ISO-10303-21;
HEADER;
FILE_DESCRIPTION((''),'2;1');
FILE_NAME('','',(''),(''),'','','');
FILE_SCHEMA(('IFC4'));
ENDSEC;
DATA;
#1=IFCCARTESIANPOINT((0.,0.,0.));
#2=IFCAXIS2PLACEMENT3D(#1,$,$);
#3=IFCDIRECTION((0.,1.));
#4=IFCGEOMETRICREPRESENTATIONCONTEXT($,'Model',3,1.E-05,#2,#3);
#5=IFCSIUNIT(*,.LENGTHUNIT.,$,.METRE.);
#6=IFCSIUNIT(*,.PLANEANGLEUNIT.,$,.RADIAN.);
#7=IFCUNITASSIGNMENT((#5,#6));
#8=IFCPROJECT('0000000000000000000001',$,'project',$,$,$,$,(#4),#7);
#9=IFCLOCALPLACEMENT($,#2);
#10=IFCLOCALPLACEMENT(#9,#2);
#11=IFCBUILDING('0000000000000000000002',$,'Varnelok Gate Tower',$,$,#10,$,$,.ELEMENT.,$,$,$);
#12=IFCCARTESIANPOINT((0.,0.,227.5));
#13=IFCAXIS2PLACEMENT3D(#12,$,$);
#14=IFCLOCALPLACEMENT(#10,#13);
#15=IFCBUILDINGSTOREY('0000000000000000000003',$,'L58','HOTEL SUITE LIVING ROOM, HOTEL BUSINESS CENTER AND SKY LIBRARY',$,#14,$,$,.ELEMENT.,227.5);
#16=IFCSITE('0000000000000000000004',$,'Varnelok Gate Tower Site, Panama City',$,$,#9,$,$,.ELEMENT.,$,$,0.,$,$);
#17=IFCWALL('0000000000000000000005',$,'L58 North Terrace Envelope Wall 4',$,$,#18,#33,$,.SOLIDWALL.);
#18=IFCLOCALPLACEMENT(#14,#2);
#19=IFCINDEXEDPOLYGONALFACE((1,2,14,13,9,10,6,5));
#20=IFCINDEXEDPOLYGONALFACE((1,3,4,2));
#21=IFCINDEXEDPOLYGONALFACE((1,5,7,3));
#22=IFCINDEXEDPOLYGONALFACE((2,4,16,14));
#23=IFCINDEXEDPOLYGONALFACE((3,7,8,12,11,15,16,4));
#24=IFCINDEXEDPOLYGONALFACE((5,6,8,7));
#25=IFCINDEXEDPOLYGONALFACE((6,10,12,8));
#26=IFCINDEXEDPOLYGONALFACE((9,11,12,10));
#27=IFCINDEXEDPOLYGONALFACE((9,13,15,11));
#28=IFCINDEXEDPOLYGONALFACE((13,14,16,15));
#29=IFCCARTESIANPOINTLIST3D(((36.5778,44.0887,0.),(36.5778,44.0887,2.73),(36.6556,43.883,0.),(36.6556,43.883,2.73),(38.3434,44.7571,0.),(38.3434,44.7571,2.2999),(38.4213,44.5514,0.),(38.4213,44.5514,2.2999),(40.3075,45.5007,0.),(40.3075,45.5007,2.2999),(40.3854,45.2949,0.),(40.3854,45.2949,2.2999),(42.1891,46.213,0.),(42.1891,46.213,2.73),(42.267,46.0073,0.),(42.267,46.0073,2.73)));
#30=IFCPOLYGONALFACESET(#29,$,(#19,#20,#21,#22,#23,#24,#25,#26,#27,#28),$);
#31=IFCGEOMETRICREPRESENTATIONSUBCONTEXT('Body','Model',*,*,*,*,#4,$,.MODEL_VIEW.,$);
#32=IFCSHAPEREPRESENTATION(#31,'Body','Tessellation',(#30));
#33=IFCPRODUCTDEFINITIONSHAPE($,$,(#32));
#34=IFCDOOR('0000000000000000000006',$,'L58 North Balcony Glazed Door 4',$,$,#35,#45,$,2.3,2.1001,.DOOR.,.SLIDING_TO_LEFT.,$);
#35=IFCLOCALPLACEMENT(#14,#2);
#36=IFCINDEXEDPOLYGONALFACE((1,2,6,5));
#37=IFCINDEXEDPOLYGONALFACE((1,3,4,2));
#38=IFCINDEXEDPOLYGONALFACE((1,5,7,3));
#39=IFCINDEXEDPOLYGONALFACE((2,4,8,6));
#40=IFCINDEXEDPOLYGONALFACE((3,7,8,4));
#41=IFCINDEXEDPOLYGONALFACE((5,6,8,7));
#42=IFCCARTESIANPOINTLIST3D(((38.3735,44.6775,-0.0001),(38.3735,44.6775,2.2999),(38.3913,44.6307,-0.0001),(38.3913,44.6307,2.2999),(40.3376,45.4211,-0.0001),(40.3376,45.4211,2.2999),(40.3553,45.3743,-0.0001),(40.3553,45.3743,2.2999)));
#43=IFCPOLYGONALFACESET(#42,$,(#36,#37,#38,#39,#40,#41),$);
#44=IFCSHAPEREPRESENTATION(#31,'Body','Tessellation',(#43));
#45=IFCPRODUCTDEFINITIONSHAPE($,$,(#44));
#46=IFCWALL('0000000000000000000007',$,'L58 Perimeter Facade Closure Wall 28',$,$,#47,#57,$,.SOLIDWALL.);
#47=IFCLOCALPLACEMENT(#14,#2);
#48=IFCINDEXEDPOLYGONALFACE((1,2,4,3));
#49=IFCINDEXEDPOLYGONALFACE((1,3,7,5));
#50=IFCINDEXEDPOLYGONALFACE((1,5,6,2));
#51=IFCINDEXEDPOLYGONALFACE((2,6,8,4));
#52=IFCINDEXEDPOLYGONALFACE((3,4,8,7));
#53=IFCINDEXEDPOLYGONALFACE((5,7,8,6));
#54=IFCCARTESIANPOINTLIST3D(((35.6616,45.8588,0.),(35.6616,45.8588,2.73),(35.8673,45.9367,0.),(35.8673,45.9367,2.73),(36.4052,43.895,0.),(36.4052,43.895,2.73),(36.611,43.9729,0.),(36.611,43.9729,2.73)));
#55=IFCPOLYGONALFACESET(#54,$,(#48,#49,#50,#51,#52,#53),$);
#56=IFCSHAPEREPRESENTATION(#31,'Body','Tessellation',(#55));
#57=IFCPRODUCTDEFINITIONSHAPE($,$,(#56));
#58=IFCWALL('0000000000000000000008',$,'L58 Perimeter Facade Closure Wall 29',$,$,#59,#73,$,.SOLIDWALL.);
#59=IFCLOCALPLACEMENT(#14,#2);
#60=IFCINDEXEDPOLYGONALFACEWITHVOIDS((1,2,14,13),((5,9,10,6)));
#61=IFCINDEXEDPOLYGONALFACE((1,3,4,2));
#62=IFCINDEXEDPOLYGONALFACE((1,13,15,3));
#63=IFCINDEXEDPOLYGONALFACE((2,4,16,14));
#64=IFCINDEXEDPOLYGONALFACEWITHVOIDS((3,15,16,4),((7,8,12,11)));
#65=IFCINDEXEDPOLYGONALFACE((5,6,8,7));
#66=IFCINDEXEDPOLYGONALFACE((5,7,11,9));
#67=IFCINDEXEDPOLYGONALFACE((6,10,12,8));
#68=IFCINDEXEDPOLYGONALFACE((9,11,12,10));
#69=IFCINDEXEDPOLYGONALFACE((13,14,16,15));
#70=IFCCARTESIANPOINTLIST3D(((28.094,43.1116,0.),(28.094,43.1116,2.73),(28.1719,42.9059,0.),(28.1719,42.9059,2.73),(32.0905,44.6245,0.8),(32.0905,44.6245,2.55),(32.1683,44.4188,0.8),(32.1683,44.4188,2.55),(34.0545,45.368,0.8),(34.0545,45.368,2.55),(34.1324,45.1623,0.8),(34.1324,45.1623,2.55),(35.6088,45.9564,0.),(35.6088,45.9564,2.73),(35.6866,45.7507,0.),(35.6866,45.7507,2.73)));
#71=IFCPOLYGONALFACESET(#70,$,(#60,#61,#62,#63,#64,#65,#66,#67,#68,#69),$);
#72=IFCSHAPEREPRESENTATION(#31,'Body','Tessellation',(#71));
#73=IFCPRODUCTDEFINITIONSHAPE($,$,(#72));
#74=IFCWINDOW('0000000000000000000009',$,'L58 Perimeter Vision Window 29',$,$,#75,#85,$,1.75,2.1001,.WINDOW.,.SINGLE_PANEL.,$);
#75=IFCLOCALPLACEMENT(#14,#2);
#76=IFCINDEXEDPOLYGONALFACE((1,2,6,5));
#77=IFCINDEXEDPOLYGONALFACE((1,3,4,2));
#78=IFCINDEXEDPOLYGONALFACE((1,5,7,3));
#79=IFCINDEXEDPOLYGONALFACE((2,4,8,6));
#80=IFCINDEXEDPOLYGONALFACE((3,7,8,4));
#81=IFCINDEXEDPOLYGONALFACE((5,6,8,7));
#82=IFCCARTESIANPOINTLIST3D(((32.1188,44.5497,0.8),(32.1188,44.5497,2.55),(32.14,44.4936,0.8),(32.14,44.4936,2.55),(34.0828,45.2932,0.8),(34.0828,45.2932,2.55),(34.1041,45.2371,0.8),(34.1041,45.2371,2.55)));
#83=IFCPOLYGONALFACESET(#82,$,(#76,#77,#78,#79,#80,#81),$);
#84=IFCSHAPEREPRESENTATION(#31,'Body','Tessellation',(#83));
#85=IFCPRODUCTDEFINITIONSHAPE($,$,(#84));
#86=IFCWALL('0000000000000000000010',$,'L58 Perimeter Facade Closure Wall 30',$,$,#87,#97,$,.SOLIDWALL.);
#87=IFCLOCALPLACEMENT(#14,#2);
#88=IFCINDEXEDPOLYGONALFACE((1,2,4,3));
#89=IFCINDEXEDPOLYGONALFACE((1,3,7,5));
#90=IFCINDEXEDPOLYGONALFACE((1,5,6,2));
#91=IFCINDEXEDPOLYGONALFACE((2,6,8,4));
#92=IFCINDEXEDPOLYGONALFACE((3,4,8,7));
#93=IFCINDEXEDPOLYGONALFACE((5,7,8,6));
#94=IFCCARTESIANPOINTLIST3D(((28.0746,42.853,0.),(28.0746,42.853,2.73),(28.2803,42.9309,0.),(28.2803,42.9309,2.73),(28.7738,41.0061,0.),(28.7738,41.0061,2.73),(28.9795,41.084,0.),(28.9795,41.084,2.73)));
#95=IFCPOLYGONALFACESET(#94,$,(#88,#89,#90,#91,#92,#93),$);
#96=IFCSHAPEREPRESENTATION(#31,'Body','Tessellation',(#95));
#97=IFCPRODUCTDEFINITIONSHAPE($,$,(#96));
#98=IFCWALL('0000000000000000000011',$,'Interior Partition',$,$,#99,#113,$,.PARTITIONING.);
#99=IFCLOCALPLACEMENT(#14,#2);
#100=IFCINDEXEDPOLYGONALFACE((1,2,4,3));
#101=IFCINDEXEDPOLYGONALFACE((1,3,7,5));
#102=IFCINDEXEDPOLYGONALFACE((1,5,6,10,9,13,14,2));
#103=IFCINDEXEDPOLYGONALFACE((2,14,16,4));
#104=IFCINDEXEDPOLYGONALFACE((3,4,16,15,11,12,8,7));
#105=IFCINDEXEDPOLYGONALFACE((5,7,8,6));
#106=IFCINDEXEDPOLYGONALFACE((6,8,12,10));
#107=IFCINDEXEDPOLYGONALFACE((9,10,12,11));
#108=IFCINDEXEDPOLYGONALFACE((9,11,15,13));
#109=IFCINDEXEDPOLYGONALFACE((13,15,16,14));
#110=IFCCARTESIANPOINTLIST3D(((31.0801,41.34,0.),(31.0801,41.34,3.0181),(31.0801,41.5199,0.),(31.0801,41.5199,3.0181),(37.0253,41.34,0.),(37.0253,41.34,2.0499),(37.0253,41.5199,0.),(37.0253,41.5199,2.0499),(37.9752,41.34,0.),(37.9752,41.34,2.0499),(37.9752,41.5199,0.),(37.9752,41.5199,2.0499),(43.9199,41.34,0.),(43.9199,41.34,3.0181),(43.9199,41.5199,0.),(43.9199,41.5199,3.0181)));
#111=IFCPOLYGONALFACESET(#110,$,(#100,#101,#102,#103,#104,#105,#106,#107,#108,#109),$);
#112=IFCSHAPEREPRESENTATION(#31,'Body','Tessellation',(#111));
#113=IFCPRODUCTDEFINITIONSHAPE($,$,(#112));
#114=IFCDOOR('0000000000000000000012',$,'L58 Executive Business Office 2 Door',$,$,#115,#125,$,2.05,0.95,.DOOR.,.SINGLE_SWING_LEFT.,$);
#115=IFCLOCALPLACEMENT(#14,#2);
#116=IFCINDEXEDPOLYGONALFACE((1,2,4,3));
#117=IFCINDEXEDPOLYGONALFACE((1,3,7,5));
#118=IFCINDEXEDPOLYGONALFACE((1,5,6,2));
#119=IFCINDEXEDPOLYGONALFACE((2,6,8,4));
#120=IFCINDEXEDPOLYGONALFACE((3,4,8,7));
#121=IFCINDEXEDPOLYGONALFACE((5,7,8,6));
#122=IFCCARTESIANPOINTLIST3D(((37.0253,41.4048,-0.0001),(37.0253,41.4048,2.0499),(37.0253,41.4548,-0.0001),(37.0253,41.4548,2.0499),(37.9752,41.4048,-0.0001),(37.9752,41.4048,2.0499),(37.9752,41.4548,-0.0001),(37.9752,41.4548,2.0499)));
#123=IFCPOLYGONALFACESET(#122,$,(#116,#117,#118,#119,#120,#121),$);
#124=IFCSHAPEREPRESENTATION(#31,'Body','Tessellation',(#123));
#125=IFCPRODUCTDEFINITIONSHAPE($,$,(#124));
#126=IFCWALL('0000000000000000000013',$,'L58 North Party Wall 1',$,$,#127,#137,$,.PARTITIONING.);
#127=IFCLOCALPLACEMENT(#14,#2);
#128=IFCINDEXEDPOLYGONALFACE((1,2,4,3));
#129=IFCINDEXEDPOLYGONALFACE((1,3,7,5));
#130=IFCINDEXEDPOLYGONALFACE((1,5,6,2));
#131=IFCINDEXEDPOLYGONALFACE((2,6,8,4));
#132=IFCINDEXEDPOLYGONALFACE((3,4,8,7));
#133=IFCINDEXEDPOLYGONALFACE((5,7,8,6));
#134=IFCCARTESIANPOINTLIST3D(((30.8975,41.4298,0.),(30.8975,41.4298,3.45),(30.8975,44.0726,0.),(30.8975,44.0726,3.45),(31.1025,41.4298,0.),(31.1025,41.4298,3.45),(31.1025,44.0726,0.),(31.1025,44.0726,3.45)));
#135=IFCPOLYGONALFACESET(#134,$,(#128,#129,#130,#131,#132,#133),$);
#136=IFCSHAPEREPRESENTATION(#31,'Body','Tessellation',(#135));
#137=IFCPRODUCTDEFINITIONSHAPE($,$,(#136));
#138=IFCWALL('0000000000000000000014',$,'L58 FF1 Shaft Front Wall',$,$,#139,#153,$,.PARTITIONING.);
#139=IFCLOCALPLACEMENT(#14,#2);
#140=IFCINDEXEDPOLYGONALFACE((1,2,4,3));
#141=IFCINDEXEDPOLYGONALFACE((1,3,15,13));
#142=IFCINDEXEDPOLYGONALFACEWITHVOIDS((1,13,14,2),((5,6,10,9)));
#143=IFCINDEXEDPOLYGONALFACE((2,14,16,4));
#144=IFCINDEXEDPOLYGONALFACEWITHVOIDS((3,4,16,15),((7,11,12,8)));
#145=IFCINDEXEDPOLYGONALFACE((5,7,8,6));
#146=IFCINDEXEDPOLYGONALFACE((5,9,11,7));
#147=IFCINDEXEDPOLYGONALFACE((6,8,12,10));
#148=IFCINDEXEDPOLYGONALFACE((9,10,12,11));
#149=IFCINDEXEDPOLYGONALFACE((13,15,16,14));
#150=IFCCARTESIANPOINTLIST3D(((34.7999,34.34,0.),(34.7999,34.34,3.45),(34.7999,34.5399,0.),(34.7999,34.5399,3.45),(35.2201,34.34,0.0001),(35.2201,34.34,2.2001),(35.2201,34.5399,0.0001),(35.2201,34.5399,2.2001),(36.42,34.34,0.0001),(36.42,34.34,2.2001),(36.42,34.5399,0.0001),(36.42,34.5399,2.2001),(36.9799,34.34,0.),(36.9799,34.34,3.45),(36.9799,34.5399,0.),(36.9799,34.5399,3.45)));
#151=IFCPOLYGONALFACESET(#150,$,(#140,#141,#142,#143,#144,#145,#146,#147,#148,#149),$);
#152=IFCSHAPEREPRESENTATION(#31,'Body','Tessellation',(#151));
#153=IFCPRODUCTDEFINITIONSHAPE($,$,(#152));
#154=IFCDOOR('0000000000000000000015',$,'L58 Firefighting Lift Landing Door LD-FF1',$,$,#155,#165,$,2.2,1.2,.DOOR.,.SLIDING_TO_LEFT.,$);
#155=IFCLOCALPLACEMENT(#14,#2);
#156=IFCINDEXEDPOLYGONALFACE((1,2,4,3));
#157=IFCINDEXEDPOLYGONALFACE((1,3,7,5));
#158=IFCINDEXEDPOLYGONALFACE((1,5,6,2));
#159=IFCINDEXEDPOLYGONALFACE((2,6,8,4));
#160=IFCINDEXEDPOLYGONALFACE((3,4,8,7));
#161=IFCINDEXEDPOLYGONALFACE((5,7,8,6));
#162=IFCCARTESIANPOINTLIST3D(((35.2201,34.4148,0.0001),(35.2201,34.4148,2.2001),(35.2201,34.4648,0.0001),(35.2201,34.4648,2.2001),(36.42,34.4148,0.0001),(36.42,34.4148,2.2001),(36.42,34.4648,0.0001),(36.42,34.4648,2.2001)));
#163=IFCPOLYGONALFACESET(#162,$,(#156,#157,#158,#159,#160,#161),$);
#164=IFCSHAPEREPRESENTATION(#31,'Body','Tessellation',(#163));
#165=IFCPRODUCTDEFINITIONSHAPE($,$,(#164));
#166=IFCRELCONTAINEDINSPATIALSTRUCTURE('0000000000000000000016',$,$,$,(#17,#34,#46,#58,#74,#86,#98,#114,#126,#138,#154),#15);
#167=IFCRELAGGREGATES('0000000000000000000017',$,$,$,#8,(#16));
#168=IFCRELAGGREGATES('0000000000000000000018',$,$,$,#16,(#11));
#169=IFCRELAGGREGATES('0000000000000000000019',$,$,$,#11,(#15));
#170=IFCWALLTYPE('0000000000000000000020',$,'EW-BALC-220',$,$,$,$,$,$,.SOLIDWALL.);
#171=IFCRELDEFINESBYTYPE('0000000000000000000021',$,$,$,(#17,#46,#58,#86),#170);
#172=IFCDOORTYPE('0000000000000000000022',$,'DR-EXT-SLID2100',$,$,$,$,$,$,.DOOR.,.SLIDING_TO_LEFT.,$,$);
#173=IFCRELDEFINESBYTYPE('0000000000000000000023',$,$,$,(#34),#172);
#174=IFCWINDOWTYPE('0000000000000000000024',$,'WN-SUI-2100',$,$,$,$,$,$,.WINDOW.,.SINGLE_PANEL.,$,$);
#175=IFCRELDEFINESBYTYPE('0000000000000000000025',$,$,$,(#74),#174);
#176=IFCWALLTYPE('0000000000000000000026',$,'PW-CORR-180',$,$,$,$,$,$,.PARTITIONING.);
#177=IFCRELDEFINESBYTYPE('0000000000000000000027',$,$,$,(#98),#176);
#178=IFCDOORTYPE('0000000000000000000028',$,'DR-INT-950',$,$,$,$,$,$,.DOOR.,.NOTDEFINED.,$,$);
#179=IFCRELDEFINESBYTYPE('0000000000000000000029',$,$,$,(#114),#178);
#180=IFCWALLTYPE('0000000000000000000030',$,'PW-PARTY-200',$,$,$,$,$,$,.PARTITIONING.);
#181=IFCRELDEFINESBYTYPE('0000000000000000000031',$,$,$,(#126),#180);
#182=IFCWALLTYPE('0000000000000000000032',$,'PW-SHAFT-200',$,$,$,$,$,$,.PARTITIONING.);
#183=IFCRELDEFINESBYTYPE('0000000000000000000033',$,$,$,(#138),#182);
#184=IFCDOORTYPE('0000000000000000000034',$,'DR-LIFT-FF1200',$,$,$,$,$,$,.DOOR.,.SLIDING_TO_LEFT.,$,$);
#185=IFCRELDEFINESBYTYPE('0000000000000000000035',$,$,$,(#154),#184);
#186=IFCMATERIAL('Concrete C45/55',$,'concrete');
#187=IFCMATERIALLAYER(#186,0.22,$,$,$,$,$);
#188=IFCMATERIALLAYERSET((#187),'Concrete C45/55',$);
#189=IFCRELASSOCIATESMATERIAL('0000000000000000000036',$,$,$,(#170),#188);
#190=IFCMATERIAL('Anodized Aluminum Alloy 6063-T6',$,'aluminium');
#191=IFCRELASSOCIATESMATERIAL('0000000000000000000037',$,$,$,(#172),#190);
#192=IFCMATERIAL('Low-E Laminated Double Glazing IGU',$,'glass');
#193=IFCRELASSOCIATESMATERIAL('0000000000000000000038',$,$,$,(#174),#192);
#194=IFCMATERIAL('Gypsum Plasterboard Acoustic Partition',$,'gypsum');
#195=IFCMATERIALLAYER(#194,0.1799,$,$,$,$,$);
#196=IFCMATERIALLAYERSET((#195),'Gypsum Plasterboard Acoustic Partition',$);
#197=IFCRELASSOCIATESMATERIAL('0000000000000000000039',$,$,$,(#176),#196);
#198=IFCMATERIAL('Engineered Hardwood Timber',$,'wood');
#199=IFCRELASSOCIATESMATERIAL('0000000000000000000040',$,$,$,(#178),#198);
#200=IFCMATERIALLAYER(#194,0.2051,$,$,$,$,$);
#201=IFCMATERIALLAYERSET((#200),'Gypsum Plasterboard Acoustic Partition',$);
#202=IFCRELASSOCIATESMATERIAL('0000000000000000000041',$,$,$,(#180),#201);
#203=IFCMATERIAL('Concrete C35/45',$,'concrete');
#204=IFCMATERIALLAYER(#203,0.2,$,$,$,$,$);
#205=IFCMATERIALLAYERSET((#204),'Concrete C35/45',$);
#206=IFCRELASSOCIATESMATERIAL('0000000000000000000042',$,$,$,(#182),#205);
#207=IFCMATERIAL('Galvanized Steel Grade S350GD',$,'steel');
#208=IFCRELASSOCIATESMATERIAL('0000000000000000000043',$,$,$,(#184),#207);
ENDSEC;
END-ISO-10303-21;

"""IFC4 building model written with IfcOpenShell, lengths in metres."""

from ifc_helpers import new_model, si_unit, direction, frame, frame_2d, origin, place, context, subcontext, project, spatial, rectangle, extrude, material, layer, layer_set, type_object, element, fill, save


model = new_model("IFC4")

# Units and contexts
model_context = context("Model", 3, precision=1e-05, world=origin(), true_north=direction((0.0, 1.0)))
body_context = subcontext(model_context, "Body", "Model", "MODEL_VIEW")
ifc_project = project(units=[si_unit("LENGTHUNIT", "METRE"), si_unit("PLANEANGLEUNIT", "RADIAN")], contexts=[model_context])

# Site, building, storey
site_placement = place(None, origin())
site = spatial("IfcSite", under=ifc_project, at=site_placement, Name="Varnelok Gate Tower Site, Panama City", CompositionType="ELEMENT", RefElevation=0.0)
building_placement = place(site_placement, origin())
building = spatial("IfcBuilding", under=site, at=building_placement, Name="Varnelok Gate Tower", CompositionType="ELEMENT")
storey_placement = place(building_placement, frame((0.0, 0.0, 227.5)))
storey = spatial("IfcBuildingStorey", under=building, at=storey_placement, Name="L58", Description="HOTEL SUITE LIVING ROOM, HOTEL BUSINESS CENTER AND SKY LIBRARY", CompositionType="ELEMENT", Elevation=227.5)

# Wall, opening, door
ifc_material_1 = material(Name="Concrete C45/55", Category="concrete")
ifc_layer_1 = layer(ifc_material_1, 0.22)
ifc_layer_set_1 = layer_set([ifc_layer_1], Name="Concrete C45/55")
wall_type_1 = type_object("IfcWallType", Name="EW-BALC-220", PredefinedType="SOLIDWALL", material=ifc_layer_set_1)
wall_1_placement = place(storey_placement, frame((36.6167, 43.9858, 0.0), z_axis=(0.0, 0.0, 1.0), x_axis=(0.935228, 0.354047, 0.0)))
wall_1 = element("IfcWall", 1, at=wall_1_placement, inside=storey, type_object=wall_type_1, Name="L58 North Terrace Envelope Wall 4", PredefinedType="SOLIDWALL", context=body_context, shape_type="SweptSolid", body=[
    extrude(rectangle(XDim=6.0, YDim=0.22, at=frame_2d((3.0, 0.0))), origin(), (0.0, 0.0, 1.0), 2.73),
])
opening_1_placement = place(wall_1_placement, frame((1.8879, 0.0, 0.0)))
opening_1 = element("IfcOpeningElement", 2, at=opening_1_placement, cuts=wall_1, PredefinedType="OPENING", context=body_context, shape_type="SweptSolid", body=[
    extrude(rectangle(XDim=2.1001, YDim=2.3, at=frame_2d((1.05, 1.1499))), frame((0.0, 0.1199, 0.0), z_axis=(0.0, -1.0, 0.0), x_axis=(1.0, 0.0, 0.0)), (0.0, 0.0, 1.0), 0.24),
])
ifc_material_2 = material(Name="Anodized Aluminum Alloy 6063-T6", Category="aluminium")
door_type_1 = type_object("IfcDoorType", Name="DR-EXT-SLID2100", OperationType="SLIDING_TO_LEFT", PredefinedType="DOOR", material=ifc_material_2)
door_1_placement = place(opening_1_placement, origin())
door_1 = element("IfcDoor", 3, at=door_1_placement, inside=storey, type_object=door_type_1, Name="L58 North Balcony Glazed Door 4", OperationType="SLIDING_TO_LEFT", OverallHeight=2.3, OverallWidth=2.1001, PredefinedType="DOOR", context=body_context, shape_type="SweptSolid", body=[
    extrude(rectangle(XDim=2.1001, YDim=2.3, at=frame_2d((1.05, 1.1499))), frame((0.0, 0.0249, 0.0), z_axis=(0.0, -1.0, 0.0), x_axis=(1.0, 0.0, 0.0)), (0.0, 0.0, 1.0), 0.05),
])
fill(opening_1, door_1)

# Wall
wall_2_placement = place(storey_placement, frame((36.5081, 43.9341, 0.0), z_axis=(0.0, 0.0, 1.0), x_axis=(-0.354128, 0.935197, 0.0)))
element("IfcWall", 4, at=wall_2_placement, inside=storey, type_object=wall_type_1, Name="L58 Perimeter Facade Closure Wall 28", PredefinedType="SOLIDWALL", context=body_context, shape_type="SweptSolid", body=[
    extrude(rectangle(XDim=2.0999, YDim=0.22, at=frame_2d((1.0498, 0.0))), origin(), (0.0, 0.0, 1.0), 2.73),
])

# Wall, opening, window
wall_3_placement = place(storey_placement, frame((35.6477, 45.8535, 0.0), z_axis=(0.0, 0.0, 1.0), x_axis=(-0.935231, -0.354039, 0.0)))
wall_3 = element("IfcWall", 5, at=wall_3_placement, inside=storey, type_object=wall_type_1, Name="L58 Perimeter Facade Closure Wall 29", PredefinedType="SOLIDWALL", context=body_context, shape_type="SweptSolid", body=[
    extrude(rectangle(XDim=8.0352, YDim=0.22, at=frame_2d((4.0176, 0.0))), origin(), (0.0, 0.0, 1.0), 2.73),
])
opening_2_placement = place(wall_3_placement, frame((1.6619, 0.0, 0.8)))
opening_2 = element("IfcOpeningElement", 6, at=opening_2_placement, cuts=wall_3, PredefinedType="OPENING", context=body_context, shape_type="SweptSolid", body=[
    extrude(rectangle(XDim=2.1001, YDim=1.75, at=frame_2d((1.05, 0.875))), frame((0.0, 0.1199, 0.0), z_axis=(0.0, -1.0, 0.0), x_axis=(1.0, 0.0, 0.0)), (0.0, 0.0, 1.0), 0.24),
])
ifc_material_3 = material(Name="Low-E Laminated Double Glazing IGU", Category="glass")
window_type = type_object("IfcWindowType", Name="WN-SUI-2100", PartitioningType="SINGLE_PANEL", PredefinedType="WINDOW", material=ifc_material_3)
window_placement = place(opening_2_placement, origin())
window = element("IfcWindow", 7, at=window_placement, inside=storey, type_object=window_type, Name="L58 Perimeter Vision Window 29", OverallHeight=1.75, OverallWidth=2.1001, PartitioningType="SINGLE_PANEL", PredefinedType="WINDOW", context=body_context, shape_type="SweptSolid", body=[
    extrude(rectangle(XDim=2.1001, YDim=1.75, at=frame_2d((1.05, 0.875))), frame((0.0, 0.03, 0.0), z_axis=(0.0, -1.0, 0.0), x_axis=(1.0, 0.0, 0.0)), (0.0, 0.0, 1.0), 0.0601),
])
fill(opening_2, window)

# Wall
wall_4_placement = place(storey_placement, frame((28.1775, 42.8918, 0.0), z_axis=(0.0, 0.0, 1.0), x_axis=(0.354062, -0.935222, 0.0)))
element("IfcWall", 8, at=wall_4_placement, inside=storey, type_object=wall_type_1, Name="L58 Perimeter Facade Closure Wall 30", PredefinedType="SOLIDWALL", context=body_context, shape_type="SweptSolid", body=[
    extrude(rectangle(XDim=1.9749, YDim=0.22, at=frame_2d((0.9873, 0.0))), origin(), (0.0, 0.0, 1.0), 2.73),
])

# Wall, opening, door
ifc_material_4 = material(Name="Gypsum Plasterboard Acoustic Partition", Category="gypsum")
ifc_layer_2 = layer(ifc_material_4, 0.1799)
ifc_layer_set_2 = layer_set([ifc_layer_2], Name="Gypsum Plasterboard Acoustic Partition")
wall_type_2 = type_object("IfcWallType", Name="PW-CORR-180", PredefinedType="PARTITIONING", material=ifc_layer_set_2)
wall_5_placement = place(storey_placement, frame((31.0801, 41.4299, 0.0), z_axis=(0.0, 0.0, 1.0), x_axis=(1.0, 0.0, 0.0)))
wall_5 = element("IfcWall", 9, at=wall_5_placement, inside=storey, type_object=wall_type_2, Name="Interior Partition", PredefinedType="PARTITIONING", context=body_context, shape_type="SweptSolid", body=[
    extrude(rectangle(XDim=12.8398, YDim=0.1799, at=frame_2d((6.4199, 0.0))), origin(), (0.0, 0.0, 1.0), 3.0181),
])
opening_3_placement = place(wall_5_placement, frame((5.9451, 0.0, 0.0)))
opening_3 = element("IfcOpeningElement", 10, at=opening_3_placement, cuts=wall_5, PredefinedType="OPENING", context=body_context, shape_type="SweptSolid", body=[
    extrude(rectangle(XDim=0.95, YDim=2.05, at=frame_2d((0.4751, 1.0249))), frame((0.0, 0.0999, 0.0), z_axis=(0.0, -1.0, 0.0), x_axis=(1.0, 0.0, 0.0)), (0.0, 0.0, 1.0), 0.2),
])
ifc_material_5 = material(Name="Engineered Hardwood Timber", Category="wood")
door_type_2 = type_object("IfcDoorType", Name="DR-INT-950", OperationType="NOTDEFINED", PredefinedType="DOOR", material=ifc_material_5)
door_2_placement = place(opening_3_placement, origin())
door_2 = element("IfcDoor", 11, at=door_2_placement, inside=storey, type_object=door_type_2, Name="L58 Executive Business Office 2 Door", OperationType="SINGLE_SWING_LEFT", OverallHeight=2.05, OverallWidth=0.95, PredefinedType="DOOR", context=body_context, shape_type="SweptSolid", body=[
    extrude(rectangle(XDim=0.95, YDim=2.05, at=frame_2d((0.4751, 1.0249))), frame((0.0, 0.0249, 0.0), z_axis=(0.0, -1.0, 0.0), x_axis=(1.0, 0.0, 0.0)), (0.0, 0.0, 1.0), 0.05),
])
fill(opening_3, door_2)

# Wall
ifc_layer_3 = layer(ifc_material_4, 0.2051)
ifc_layer_set_3 = layer_set([ifc_layer_3], Name="Gypsum Plasterboard Acoustic Partition")
wall_type_3 = type_object("IfcWallType", Name="PW-PARTY-200", PredefinedType="PARTITIONING", material=ifc_layer_set_3)
wall_6_placement = place(storey_placement, frame((31.0, 41.4299, 0.0), z_axis=(0.0, 0.0, 1.0), x_axis=(0.0, 1.0, 0.0)))
element("IfcWall", 12, at=wall_6_placement, inside=storey, type_object=wall_type_3, Name="L58 North Party Wall 1", PredefinedType="PARTITIONING", context=body_context, shape_type="SweptSolid", body=[
    extrude(rectangle(XDim=2.6428, YDim=0.2051, at=frame_2d((1.3213, 0.0))), origin(), (0.0, 0.0, 1.0), 3.45),
])

# Wall, opening, door
ifc_material_6 = material(Name="Concrete C35/45", Category="concrete")
ifc_layer_4 = layer(ifc_material_6, 0.2)
ifc_layer_set_4 = layer_set([ifc_layer_4], Name="Concrete C35/45")
wall_type_4 = type_object("IfcWallType", Name="PW-SHAFT-200", PredefinedType="PARTITIONING", material=ifc_layer_set_4)
wall_7_placement = place(storey_placement, frame((34.8, 34.4399, 0.0), z_axis=(0.0, 0.0, 1.0), x_axis=(1.0, 0.0, 0.0)))
wall_7 = element("IfcWall", 13, at=wall_7_placement, inside=storey, type_object=wall_type_4, Name="L58 FF1 Shaft Front Wall", PredefinedType="PARTITIONING", context=body_context, shape_type="SweptSolid", body=[
    extrude(rectangle(XDim=2.1799, YDim=0.2, at=frame_2d((1.0898, 0.0))), origin(), (0.0, 0.0, 1.0), 3.45),
])
opening_4_placement = place(wall_7_placement, frame((0.4199, 0.0, 0.0)))
opening_4 = element("IfcOpeningElement", 14, at=opening_4_placement, cuts=wall_7, PredefinedType="OPENING", context=body_context, shape_type="SweptSolid", body=[
    extrude(rectangle(XDim=1.2, YDim=2.2, at=frame_2d((0.6001, 1.1001))), frame((0.0, 0.1099, 0.0), z_axis=(0.0, -1.0, 0.0), x_axis=(1.0, 0.0, 0.0)), (0.0, 0.0, 1.0), 0.22),
])
ifc_material_7 = material(Name="Galvanized Steel Grade S350GD", Category="steel")
door_type_3 = type_object("IfcDoorType", Name="DR-LIFT-FF1200", OperationType="SLIDING_TO_LEFT", PredefinedType="DOOR", material=ifc_material_7)
door_3_placement = place(opening_4_placement, origin())
door_3 = element("IfcDoor", 15, at=door_3_placement, inside=storey, type_object=door_type_3, Name="L58 Firefighting Lift Landing Door LD-FF1", OperationType="SLIDING_TO_LEFT", OverallHeight=2.2, OverallWidth=1.2, PredefinedType="DOOR", context=body_context, shape_type="SweptSolid", body=[
    extrude(rectangle(XDim=1.2, YDim=2.2, at=frame_2d((0.6001, 1.1001))), frame((0.0, 0.0249, 0.0), z_axis=(0.0, -1.0, 0.0), x_axis=(1.0, 0.0, 0.0)), (0.0, 0.0, 1.0), 0.05),
])
fill(opening_4, door_3)

save(model, "model.ifc")
